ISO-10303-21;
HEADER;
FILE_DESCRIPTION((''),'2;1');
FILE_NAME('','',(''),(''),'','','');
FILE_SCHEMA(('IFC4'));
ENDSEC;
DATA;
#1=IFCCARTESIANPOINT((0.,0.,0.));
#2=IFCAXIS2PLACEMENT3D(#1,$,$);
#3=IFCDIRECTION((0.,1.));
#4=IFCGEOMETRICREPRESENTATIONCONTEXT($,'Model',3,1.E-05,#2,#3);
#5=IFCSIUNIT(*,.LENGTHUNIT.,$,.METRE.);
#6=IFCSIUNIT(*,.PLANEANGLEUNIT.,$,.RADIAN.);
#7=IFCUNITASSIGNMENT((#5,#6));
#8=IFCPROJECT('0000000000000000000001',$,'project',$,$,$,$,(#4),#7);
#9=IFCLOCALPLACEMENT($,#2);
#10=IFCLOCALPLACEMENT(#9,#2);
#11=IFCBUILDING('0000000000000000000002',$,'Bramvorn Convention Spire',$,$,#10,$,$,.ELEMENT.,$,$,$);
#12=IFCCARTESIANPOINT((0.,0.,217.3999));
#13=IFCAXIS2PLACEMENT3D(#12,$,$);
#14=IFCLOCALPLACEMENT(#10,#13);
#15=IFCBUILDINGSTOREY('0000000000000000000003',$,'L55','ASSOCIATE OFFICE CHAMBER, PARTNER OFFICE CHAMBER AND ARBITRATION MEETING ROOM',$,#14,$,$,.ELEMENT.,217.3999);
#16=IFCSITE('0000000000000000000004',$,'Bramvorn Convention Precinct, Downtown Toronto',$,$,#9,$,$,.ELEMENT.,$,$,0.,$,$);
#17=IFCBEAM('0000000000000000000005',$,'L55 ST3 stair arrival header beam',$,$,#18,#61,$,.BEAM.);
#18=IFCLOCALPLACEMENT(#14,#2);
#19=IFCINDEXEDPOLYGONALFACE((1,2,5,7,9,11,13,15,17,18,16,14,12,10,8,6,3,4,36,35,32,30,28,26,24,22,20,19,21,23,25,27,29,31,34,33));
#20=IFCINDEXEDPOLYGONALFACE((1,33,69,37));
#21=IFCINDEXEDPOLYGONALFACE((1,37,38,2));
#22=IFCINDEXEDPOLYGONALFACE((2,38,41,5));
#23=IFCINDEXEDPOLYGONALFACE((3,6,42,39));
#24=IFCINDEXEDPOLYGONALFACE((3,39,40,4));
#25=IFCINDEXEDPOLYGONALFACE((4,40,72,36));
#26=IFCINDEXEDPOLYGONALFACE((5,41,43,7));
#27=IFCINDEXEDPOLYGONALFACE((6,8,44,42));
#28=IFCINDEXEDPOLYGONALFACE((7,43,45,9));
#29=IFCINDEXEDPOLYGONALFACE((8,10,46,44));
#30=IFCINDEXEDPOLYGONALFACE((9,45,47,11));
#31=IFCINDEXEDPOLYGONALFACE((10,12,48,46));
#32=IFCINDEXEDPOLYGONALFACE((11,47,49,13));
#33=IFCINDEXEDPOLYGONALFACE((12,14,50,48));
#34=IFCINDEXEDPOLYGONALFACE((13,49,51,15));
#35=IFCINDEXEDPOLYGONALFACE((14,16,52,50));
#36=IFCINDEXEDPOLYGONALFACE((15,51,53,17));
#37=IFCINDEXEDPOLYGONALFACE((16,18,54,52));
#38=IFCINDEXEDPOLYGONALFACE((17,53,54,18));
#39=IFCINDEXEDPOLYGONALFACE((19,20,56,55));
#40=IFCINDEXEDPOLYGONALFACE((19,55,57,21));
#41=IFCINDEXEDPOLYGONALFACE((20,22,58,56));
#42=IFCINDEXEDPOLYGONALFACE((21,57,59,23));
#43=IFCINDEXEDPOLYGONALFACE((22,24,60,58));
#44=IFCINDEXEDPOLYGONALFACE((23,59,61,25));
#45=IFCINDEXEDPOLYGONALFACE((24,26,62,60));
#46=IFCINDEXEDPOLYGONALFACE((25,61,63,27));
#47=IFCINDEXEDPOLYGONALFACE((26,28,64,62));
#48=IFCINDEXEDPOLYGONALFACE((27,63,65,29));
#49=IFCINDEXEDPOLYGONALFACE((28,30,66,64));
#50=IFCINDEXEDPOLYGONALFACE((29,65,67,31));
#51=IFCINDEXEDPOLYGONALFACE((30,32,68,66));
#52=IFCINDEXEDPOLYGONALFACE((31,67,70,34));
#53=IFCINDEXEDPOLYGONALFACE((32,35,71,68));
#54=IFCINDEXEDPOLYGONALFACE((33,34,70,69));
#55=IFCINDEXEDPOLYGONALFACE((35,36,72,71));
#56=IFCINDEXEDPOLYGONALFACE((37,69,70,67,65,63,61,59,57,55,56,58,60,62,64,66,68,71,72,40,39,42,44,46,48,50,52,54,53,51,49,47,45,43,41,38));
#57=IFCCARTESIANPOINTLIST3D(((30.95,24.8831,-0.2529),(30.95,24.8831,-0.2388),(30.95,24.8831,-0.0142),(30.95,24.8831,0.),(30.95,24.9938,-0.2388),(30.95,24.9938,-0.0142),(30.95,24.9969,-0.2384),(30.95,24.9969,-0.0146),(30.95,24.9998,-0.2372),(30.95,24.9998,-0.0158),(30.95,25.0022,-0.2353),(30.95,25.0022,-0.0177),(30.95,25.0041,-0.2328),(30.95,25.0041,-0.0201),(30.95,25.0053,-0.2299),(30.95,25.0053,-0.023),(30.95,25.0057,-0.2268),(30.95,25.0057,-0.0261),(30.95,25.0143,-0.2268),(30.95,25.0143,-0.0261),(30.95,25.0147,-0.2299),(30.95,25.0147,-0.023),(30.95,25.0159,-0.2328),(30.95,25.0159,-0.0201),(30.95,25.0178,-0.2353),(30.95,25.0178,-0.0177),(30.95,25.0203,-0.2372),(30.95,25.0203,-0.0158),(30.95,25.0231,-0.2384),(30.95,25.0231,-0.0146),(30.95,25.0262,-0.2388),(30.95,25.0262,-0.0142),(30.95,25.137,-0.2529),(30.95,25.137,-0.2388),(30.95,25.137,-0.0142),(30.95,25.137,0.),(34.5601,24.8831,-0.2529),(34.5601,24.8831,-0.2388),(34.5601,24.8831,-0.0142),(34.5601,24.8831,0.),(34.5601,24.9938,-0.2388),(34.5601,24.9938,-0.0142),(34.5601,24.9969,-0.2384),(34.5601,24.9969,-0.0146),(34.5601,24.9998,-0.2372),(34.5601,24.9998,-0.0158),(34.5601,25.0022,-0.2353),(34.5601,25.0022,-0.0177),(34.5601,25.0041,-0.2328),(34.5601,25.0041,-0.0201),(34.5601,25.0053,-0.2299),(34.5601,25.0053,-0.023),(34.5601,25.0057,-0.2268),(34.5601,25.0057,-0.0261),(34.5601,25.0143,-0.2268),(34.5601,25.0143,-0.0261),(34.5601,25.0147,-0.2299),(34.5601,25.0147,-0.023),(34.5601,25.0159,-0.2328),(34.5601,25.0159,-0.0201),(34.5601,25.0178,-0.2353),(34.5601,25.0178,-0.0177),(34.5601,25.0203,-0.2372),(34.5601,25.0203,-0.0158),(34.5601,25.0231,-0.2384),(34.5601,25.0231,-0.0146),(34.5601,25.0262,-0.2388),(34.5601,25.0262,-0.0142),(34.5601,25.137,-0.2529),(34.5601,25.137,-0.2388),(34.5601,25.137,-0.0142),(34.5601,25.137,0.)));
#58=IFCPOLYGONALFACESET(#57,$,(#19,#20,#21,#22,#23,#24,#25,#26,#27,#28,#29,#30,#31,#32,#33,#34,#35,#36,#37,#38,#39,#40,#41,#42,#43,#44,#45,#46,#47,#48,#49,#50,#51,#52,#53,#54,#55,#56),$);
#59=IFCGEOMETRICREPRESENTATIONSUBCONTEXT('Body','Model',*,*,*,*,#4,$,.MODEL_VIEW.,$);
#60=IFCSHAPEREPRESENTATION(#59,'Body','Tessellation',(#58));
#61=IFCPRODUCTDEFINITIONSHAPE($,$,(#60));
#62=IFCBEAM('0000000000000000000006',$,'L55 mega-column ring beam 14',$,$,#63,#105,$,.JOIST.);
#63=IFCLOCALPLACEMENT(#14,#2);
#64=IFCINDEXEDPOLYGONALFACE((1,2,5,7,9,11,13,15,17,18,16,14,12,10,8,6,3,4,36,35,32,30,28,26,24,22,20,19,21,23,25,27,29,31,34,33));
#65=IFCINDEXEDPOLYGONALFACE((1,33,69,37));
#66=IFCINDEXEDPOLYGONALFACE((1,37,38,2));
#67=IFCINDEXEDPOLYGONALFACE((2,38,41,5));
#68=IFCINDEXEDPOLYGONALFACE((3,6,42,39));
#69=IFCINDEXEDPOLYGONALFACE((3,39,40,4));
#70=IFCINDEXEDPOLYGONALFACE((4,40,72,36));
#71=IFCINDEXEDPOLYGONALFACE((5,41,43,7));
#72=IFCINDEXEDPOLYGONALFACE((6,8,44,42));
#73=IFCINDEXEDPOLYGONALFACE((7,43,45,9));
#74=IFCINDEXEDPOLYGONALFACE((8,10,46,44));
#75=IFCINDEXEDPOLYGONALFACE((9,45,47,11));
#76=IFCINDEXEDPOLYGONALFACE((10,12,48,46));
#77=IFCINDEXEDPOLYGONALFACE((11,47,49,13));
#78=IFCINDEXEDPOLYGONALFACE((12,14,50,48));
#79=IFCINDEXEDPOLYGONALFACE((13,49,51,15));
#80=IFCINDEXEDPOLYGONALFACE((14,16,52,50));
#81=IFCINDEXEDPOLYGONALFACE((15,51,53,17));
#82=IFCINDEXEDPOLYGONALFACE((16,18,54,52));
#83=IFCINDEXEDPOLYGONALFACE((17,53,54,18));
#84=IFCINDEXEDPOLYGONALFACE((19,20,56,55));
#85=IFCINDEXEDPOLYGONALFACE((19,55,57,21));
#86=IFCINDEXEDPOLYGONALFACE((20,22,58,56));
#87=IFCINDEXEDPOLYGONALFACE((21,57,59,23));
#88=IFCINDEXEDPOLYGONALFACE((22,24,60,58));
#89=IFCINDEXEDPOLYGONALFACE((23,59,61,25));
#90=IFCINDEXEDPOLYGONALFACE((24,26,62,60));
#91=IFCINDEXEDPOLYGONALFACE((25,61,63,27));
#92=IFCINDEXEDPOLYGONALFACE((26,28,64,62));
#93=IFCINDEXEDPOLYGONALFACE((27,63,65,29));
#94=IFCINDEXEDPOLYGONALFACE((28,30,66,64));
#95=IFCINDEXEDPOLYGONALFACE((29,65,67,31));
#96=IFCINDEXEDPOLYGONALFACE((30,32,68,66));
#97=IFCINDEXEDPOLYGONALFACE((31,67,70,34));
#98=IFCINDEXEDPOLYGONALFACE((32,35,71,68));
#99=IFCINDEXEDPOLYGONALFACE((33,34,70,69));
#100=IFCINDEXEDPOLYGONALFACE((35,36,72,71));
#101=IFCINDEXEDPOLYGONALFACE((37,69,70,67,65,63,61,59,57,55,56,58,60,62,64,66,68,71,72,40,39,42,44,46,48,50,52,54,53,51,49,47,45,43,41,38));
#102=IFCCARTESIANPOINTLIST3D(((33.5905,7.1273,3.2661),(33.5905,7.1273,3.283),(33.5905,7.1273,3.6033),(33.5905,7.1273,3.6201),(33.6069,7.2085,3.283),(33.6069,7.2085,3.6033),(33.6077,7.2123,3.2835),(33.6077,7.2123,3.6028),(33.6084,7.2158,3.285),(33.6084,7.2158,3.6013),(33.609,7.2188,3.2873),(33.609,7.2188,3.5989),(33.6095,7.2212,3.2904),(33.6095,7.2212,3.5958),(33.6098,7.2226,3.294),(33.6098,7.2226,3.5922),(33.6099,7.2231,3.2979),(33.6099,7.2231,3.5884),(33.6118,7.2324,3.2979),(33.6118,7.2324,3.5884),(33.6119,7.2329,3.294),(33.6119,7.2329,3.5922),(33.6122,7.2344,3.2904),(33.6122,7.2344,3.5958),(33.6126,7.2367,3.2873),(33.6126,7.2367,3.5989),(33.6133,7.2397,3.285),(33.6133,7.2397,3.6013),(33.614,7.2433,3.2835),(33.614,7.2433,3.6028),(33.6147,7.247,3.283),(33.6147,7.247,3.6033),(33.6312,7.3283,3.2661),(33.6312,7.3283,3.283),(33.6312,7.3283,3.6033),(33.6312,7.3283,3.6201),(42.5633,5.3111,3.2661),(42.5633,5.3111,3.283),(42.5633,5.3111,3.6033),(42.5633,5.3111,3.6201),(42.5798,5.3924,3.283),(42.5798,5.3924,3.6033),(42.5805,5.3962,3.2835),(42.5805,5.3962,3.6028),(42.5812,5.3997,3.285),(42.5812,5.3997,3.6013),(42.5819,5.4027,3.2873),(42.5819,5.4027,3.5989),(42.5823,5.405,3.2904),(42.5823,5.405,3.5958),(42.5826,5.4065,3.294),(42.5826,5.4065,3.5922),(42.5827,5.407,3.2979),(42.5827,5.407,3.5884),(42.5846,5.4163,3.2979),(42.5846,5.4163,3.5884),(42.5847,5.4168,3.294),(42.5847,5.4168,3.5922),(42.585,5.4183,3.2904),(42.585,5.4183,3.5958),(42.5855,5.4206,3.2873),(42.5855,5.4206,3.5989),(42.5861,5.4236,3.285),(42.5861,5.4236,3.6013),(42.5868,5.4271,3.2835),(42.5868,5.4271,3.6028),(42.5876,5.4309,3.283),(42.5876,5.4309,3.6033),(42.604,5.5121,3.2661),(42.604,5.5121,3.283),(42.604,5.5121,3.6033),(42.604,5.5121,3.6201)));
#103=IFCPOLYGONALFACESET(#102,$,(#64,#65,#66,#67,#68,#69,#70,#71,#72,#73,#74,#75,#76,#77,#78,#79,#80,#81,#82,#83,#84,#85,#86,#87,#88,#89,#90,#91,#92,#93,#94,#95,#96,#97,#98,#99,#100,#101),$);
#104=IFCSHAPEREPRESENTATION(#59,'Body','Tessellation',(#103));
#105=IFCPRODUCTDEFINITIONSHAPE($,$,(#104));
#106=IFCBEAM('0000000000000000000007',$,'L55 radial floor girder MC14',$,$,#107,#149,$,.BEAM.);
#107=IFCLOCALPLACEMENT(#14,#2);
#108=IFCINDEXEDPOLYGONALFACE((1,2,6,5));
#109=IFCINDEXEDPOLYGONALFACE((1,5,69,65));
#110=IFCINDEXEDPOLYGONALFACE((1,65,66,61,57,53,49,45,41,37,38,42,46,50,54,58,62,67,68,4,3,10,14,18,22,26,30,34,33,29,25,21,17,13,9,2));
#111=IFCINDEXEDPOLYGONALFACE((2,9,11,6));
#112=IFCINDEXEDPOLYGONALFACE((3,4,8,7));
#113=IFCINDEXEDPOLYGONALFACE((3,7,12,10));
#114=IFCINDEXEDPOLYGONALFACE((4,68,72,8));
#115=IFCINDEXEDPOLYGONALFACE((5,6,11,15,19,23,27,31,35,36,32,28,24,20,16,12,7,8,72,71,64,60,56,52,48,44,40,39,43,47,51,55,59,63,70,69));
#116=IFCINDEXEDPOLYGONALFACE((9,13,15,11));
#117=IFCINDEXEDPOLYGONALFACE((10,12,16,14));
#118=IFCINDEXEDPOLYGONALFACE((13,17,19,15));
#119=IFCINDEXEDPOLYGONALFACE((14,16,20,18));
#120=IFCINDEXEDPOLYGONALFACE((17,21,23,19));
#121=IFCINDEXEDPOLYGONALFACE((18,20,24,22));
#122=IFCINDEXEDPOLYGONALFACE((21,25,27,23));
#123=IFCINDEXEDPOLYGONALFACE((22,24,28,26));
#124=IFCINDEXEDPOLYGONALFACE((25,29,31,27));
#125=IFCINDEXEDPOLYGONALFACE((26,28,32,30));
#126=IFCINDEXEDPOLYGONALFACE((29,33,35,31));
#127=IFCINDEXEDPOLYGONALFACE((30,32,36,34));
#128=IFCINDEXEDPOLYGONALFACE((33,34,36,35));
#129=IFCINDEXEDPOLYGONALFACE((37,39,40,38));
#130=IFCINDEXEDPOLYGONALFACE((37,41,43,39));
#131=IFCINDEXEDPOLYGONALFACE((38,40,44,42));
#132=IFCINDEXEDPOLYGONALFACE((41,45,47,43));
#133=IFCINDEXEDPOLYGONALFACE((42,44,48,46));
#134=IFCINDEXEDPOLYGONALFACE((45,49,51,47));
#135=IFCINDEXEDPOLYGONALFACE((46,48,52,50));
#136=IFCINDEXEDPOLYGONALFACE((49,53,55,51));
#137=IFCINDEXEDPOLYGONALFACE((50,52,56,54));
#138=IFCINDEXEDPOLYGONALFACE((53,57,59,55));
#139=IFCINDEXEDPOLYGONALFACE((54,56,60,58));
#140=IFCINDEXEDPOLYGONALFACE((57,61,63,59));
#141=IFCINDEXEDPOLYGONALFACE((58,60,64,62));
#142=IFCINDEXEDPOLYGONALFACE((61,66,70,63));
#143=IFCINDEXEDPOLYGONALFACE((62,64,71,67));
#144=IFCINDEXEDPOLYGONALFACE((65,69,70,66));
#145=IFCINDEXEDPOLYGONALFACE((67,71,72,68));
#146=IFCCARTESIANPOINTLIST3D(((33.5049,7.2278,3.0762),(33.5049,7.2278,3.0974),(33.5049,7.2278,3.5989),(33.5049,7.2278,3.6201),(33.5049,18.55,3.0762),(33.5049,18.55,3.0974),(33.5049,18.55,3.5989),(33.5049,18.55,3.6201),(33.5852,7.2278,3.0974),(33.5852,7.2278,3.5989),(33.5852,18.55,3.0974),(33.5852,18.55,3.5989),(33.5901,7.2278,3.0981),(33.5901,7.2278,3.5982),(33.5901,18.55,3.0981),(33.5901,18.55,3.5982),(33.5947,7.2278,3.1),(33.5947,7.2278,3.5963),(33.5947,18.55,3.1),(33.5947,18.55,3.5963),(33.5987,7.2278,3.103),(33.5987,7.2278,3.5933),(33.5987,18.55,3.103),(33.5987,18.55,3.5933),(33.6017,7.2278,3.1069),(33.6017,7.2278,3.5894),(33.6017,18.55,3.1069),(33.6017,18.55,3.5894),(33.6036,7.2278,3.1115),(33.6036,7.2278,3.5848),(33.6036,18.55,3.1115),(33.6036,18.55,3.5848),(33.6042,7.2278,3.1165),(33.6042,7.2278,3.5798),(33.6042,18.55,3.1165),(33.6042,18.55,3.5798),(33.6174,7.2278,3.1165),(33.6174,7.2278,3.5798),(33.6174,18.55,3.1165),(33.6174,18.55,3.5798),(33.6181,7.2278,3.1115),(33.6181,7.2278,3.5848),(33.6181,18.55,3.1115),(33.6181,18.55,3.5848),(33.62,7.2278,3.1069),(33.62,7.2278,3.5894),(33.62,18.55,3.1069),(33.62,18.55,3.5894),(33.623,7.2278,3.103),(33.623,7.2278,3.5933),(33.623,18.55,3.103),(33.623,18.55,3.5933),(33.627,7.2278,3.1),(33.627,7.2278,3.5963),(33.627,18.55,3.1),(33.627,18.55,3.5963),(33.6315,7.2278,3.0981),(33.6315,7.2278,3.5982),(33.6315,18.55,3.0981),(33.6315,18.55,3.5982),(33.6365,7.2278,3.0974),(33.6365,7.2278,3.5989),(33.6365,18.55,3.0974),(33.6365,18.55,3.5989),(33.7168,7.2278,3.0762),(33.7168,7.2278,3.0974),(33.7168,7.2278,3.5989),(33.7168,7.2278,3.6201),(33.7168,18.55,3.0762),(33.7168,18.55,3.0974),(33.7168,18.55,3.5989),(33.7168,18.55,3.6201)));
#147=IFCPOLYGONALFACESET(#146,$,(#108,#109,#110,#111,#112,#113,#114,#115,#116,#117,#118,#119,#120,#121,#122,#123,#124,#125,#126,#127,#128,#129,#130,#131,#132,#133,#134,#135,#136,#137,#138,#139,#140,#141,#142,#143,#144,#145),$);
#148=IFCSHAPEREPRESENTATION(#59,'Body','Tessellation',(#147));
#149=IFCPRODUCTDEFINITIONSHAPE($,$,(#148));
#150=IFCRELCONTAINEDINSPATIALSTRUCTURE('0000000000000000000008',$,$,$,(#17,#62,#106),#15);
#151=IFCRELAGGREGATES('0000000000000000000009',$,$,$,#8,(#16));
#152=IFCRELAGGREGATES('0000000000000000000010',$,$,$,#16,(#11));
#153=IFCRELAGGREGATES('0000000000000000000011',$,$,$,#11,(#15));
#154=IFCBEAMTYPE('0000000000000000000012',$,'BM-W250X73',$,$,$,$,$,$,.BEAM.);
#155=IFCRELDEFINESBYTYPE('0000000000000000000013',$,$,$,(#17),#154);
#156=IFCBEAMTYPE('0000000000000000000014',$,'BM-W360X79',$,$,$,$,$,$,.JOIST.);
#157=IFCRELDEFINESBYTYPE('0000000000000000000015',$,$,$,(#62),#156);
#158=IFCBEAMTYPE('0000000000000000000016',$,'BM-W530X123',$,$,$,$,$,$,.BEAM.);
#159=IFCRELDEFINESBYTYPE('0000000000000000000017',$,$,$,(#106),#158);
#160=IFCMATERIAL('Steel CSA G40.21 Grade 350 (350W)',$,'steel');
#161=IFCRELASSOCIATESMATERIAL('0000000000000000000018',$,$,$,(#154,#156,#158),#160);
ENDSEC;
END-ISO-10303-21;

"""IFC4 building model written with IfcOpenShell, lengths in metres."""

from ifc_helpers import new_model, si_unit, direction, frame, origin, origin_2d, place, context, subcontext, project, spatial, i_section, extrude, material, material_profile, profile_set, type_object, element, save


model = new_model("IFC4")

# Units and contexts
model_context = context("Model", 3, precision=1e-05, world=origin(), true_north=direction((0.0, 1.0)))
body_context = subcontext(model_context, "Body", "Model", "MODEL_VIEW")
ifc_project = project(units=[si_unit("LENGTHUNIT", "METRE"), si_unit("PLANEANGLEUNIT", "RADIAN")], contexts=[model_context])

# Site, building, storey
site_placement = place(None, origin())
site = spatial("IfcSite", under=ifc_project, at=site_placement, Name="Bramvorn Convention Precinct, Downtown Toronto", CompositionType="ELEMENT", RefElevation=0.0)
building_placement = place(site_placement, origin())
building = spatial("IfcBuilding", under=site, at=building_placement, Name="Bramvorn Convention Spire", CompositionType="ELEMENT")
storey_placement = place(building_placement, frame((0.0, 0.0, 217.3999)))
storey = spatial("IfcBuildingStorey", under=building, at=storey_placement, Name="L55", Description="ASSOCIATE OFFICE CHAMBER, PARTNER OFFICE CHAMBER AND ARBITRATION MEETING ROOM", CompositionType="ELEMENT", Elevation=217.3999)

# Shared definitions
ifc_material_1 = material(Name="Steel CSA G40.21 Grade 350 (350W)", Category="steel")

# Beams
ifc_material_profile_1 = material_profile(ifc_material_1, i_section(OverallWidth=0.2539, OverallDepth=0.2529, WebThickness=0.0085, FlangeThickness=0.0142, FilletRadius=0.012, at=origin_2d()))
ifc_profile_set_1 = profile_set([ifc_material_profile_1], Name="Steel CSA G40.21 Grade 350 (350W) - W250X73")
beam_type_1 = type_object("IfcBeamType", Name="BM-W250X73", PredefinedType="BEAM", material=ifc_profile_set_1)
beam_1_placement = place(storey_placement, frame((30.95, 25.01, -0.1265), z_axis=(1.0, 0.0, 0.0), x_axis=(0.0, 1.0, 0.0)))
element("IfcBeam", 1, at=beam_1_placement, inside=storey, type_object=beam_type_1, Name="L55 ST3 stair arrival header beam", PredefinedType="BEAM", context=body_context, shape_type="SweptSolid", body=[
    extrude(i_section(OverallWidth=0.2539, OverallDepth=0.2529, WebThickness=0.0085, FlangeThickness=0.0142, FilletRadius=0.012, at=origin_2d()), origin(), (0.0, 0.0, 1.0), 3.6101),
])
ifc_material_profile_2 = material_profile(ifc_material_1, i_section(OverallWidth=0.2051, OverallDepth=0.354, WebThickness=0.0095, FlangeThickness=0.0168, FilletRadius=0.0149, at=origin_2d()))
ifc_profile_set_2 = profile_set([ifc_material_profile_2], Name="Steel CSA G40.21 Grade 350 (350W) - W360X79")
beam_type_2 = type_object("IfcBeamType", Name="BM-W360X79", PredefinedType="JOIST", material=ifc_profile_set_2)
beam_2_placement = place(storey_placement, frame((33.6108, 7.2278, 3.4431), z_axis=(0.980125, -0.198382, 0.0), x_axis=(0.198382, 0.980125, 0.0)))
element("IfcBeam", 2, at=beam_2_placement, inside=storey, type_object=beam_type_2, Name="L55 mega-column ring beam 14", PredefinedType="JOIST", context=body_context, shape_type="SweptSolid", body=[
    extrude(i_section(OverallWidth=0.2051, OverallDepth=0.354, WebThickness=0.0095, FlangeThickness=0.0168, FilletRadius=0.0149, at=origin_2d()), origin(), (0.0, 0.0, 1.0), 9.1548),
])
ifc_material_profile_3 = material_profile(ifc_material_1, i_section(OverallWidth=0.2119, OverallDepth=0.5439, WebThickness=0.0132, FlangeThickness=0.0212, FilletRadius=0.019, at=origin_2d()))
ifc_profile_set_3 = profile_set([ifc_material_profile_3], Name="Steel CSA G40.21 Grade 350 (350W) - W530X123")
beam_type_3 = type_object("IfcBeamType", Name="BM-W530X123", PredefinedType="BEAM", material=ifc_profile_set_3)
beam_3_placement = place(storey_placement, frame((33.6108, 18.55, 3.3481), z_axis=(0.0, -1.0, 0.0), x_axis=(1.0, 0.0, 0.0)))
element("IfcBeam", 3, at=beam_3_placement, inside=storey, type_object=beam_type_3, Name="L55 radial floor girder MC14", PredefinedType="BEAM", context=body_context, shape_type="SweptSolid", body=[
    extrude(i_section(OverallWidth=0.2119, OverallDepth=0.5439, WebThickness=0.0132, FlangeThickness=0.0212, FilletRadius=0.019, at=origin_2d()), origin(), (0.0, 0.0, 1.0), 11.3223),
])

save(model, "model.ifc")
